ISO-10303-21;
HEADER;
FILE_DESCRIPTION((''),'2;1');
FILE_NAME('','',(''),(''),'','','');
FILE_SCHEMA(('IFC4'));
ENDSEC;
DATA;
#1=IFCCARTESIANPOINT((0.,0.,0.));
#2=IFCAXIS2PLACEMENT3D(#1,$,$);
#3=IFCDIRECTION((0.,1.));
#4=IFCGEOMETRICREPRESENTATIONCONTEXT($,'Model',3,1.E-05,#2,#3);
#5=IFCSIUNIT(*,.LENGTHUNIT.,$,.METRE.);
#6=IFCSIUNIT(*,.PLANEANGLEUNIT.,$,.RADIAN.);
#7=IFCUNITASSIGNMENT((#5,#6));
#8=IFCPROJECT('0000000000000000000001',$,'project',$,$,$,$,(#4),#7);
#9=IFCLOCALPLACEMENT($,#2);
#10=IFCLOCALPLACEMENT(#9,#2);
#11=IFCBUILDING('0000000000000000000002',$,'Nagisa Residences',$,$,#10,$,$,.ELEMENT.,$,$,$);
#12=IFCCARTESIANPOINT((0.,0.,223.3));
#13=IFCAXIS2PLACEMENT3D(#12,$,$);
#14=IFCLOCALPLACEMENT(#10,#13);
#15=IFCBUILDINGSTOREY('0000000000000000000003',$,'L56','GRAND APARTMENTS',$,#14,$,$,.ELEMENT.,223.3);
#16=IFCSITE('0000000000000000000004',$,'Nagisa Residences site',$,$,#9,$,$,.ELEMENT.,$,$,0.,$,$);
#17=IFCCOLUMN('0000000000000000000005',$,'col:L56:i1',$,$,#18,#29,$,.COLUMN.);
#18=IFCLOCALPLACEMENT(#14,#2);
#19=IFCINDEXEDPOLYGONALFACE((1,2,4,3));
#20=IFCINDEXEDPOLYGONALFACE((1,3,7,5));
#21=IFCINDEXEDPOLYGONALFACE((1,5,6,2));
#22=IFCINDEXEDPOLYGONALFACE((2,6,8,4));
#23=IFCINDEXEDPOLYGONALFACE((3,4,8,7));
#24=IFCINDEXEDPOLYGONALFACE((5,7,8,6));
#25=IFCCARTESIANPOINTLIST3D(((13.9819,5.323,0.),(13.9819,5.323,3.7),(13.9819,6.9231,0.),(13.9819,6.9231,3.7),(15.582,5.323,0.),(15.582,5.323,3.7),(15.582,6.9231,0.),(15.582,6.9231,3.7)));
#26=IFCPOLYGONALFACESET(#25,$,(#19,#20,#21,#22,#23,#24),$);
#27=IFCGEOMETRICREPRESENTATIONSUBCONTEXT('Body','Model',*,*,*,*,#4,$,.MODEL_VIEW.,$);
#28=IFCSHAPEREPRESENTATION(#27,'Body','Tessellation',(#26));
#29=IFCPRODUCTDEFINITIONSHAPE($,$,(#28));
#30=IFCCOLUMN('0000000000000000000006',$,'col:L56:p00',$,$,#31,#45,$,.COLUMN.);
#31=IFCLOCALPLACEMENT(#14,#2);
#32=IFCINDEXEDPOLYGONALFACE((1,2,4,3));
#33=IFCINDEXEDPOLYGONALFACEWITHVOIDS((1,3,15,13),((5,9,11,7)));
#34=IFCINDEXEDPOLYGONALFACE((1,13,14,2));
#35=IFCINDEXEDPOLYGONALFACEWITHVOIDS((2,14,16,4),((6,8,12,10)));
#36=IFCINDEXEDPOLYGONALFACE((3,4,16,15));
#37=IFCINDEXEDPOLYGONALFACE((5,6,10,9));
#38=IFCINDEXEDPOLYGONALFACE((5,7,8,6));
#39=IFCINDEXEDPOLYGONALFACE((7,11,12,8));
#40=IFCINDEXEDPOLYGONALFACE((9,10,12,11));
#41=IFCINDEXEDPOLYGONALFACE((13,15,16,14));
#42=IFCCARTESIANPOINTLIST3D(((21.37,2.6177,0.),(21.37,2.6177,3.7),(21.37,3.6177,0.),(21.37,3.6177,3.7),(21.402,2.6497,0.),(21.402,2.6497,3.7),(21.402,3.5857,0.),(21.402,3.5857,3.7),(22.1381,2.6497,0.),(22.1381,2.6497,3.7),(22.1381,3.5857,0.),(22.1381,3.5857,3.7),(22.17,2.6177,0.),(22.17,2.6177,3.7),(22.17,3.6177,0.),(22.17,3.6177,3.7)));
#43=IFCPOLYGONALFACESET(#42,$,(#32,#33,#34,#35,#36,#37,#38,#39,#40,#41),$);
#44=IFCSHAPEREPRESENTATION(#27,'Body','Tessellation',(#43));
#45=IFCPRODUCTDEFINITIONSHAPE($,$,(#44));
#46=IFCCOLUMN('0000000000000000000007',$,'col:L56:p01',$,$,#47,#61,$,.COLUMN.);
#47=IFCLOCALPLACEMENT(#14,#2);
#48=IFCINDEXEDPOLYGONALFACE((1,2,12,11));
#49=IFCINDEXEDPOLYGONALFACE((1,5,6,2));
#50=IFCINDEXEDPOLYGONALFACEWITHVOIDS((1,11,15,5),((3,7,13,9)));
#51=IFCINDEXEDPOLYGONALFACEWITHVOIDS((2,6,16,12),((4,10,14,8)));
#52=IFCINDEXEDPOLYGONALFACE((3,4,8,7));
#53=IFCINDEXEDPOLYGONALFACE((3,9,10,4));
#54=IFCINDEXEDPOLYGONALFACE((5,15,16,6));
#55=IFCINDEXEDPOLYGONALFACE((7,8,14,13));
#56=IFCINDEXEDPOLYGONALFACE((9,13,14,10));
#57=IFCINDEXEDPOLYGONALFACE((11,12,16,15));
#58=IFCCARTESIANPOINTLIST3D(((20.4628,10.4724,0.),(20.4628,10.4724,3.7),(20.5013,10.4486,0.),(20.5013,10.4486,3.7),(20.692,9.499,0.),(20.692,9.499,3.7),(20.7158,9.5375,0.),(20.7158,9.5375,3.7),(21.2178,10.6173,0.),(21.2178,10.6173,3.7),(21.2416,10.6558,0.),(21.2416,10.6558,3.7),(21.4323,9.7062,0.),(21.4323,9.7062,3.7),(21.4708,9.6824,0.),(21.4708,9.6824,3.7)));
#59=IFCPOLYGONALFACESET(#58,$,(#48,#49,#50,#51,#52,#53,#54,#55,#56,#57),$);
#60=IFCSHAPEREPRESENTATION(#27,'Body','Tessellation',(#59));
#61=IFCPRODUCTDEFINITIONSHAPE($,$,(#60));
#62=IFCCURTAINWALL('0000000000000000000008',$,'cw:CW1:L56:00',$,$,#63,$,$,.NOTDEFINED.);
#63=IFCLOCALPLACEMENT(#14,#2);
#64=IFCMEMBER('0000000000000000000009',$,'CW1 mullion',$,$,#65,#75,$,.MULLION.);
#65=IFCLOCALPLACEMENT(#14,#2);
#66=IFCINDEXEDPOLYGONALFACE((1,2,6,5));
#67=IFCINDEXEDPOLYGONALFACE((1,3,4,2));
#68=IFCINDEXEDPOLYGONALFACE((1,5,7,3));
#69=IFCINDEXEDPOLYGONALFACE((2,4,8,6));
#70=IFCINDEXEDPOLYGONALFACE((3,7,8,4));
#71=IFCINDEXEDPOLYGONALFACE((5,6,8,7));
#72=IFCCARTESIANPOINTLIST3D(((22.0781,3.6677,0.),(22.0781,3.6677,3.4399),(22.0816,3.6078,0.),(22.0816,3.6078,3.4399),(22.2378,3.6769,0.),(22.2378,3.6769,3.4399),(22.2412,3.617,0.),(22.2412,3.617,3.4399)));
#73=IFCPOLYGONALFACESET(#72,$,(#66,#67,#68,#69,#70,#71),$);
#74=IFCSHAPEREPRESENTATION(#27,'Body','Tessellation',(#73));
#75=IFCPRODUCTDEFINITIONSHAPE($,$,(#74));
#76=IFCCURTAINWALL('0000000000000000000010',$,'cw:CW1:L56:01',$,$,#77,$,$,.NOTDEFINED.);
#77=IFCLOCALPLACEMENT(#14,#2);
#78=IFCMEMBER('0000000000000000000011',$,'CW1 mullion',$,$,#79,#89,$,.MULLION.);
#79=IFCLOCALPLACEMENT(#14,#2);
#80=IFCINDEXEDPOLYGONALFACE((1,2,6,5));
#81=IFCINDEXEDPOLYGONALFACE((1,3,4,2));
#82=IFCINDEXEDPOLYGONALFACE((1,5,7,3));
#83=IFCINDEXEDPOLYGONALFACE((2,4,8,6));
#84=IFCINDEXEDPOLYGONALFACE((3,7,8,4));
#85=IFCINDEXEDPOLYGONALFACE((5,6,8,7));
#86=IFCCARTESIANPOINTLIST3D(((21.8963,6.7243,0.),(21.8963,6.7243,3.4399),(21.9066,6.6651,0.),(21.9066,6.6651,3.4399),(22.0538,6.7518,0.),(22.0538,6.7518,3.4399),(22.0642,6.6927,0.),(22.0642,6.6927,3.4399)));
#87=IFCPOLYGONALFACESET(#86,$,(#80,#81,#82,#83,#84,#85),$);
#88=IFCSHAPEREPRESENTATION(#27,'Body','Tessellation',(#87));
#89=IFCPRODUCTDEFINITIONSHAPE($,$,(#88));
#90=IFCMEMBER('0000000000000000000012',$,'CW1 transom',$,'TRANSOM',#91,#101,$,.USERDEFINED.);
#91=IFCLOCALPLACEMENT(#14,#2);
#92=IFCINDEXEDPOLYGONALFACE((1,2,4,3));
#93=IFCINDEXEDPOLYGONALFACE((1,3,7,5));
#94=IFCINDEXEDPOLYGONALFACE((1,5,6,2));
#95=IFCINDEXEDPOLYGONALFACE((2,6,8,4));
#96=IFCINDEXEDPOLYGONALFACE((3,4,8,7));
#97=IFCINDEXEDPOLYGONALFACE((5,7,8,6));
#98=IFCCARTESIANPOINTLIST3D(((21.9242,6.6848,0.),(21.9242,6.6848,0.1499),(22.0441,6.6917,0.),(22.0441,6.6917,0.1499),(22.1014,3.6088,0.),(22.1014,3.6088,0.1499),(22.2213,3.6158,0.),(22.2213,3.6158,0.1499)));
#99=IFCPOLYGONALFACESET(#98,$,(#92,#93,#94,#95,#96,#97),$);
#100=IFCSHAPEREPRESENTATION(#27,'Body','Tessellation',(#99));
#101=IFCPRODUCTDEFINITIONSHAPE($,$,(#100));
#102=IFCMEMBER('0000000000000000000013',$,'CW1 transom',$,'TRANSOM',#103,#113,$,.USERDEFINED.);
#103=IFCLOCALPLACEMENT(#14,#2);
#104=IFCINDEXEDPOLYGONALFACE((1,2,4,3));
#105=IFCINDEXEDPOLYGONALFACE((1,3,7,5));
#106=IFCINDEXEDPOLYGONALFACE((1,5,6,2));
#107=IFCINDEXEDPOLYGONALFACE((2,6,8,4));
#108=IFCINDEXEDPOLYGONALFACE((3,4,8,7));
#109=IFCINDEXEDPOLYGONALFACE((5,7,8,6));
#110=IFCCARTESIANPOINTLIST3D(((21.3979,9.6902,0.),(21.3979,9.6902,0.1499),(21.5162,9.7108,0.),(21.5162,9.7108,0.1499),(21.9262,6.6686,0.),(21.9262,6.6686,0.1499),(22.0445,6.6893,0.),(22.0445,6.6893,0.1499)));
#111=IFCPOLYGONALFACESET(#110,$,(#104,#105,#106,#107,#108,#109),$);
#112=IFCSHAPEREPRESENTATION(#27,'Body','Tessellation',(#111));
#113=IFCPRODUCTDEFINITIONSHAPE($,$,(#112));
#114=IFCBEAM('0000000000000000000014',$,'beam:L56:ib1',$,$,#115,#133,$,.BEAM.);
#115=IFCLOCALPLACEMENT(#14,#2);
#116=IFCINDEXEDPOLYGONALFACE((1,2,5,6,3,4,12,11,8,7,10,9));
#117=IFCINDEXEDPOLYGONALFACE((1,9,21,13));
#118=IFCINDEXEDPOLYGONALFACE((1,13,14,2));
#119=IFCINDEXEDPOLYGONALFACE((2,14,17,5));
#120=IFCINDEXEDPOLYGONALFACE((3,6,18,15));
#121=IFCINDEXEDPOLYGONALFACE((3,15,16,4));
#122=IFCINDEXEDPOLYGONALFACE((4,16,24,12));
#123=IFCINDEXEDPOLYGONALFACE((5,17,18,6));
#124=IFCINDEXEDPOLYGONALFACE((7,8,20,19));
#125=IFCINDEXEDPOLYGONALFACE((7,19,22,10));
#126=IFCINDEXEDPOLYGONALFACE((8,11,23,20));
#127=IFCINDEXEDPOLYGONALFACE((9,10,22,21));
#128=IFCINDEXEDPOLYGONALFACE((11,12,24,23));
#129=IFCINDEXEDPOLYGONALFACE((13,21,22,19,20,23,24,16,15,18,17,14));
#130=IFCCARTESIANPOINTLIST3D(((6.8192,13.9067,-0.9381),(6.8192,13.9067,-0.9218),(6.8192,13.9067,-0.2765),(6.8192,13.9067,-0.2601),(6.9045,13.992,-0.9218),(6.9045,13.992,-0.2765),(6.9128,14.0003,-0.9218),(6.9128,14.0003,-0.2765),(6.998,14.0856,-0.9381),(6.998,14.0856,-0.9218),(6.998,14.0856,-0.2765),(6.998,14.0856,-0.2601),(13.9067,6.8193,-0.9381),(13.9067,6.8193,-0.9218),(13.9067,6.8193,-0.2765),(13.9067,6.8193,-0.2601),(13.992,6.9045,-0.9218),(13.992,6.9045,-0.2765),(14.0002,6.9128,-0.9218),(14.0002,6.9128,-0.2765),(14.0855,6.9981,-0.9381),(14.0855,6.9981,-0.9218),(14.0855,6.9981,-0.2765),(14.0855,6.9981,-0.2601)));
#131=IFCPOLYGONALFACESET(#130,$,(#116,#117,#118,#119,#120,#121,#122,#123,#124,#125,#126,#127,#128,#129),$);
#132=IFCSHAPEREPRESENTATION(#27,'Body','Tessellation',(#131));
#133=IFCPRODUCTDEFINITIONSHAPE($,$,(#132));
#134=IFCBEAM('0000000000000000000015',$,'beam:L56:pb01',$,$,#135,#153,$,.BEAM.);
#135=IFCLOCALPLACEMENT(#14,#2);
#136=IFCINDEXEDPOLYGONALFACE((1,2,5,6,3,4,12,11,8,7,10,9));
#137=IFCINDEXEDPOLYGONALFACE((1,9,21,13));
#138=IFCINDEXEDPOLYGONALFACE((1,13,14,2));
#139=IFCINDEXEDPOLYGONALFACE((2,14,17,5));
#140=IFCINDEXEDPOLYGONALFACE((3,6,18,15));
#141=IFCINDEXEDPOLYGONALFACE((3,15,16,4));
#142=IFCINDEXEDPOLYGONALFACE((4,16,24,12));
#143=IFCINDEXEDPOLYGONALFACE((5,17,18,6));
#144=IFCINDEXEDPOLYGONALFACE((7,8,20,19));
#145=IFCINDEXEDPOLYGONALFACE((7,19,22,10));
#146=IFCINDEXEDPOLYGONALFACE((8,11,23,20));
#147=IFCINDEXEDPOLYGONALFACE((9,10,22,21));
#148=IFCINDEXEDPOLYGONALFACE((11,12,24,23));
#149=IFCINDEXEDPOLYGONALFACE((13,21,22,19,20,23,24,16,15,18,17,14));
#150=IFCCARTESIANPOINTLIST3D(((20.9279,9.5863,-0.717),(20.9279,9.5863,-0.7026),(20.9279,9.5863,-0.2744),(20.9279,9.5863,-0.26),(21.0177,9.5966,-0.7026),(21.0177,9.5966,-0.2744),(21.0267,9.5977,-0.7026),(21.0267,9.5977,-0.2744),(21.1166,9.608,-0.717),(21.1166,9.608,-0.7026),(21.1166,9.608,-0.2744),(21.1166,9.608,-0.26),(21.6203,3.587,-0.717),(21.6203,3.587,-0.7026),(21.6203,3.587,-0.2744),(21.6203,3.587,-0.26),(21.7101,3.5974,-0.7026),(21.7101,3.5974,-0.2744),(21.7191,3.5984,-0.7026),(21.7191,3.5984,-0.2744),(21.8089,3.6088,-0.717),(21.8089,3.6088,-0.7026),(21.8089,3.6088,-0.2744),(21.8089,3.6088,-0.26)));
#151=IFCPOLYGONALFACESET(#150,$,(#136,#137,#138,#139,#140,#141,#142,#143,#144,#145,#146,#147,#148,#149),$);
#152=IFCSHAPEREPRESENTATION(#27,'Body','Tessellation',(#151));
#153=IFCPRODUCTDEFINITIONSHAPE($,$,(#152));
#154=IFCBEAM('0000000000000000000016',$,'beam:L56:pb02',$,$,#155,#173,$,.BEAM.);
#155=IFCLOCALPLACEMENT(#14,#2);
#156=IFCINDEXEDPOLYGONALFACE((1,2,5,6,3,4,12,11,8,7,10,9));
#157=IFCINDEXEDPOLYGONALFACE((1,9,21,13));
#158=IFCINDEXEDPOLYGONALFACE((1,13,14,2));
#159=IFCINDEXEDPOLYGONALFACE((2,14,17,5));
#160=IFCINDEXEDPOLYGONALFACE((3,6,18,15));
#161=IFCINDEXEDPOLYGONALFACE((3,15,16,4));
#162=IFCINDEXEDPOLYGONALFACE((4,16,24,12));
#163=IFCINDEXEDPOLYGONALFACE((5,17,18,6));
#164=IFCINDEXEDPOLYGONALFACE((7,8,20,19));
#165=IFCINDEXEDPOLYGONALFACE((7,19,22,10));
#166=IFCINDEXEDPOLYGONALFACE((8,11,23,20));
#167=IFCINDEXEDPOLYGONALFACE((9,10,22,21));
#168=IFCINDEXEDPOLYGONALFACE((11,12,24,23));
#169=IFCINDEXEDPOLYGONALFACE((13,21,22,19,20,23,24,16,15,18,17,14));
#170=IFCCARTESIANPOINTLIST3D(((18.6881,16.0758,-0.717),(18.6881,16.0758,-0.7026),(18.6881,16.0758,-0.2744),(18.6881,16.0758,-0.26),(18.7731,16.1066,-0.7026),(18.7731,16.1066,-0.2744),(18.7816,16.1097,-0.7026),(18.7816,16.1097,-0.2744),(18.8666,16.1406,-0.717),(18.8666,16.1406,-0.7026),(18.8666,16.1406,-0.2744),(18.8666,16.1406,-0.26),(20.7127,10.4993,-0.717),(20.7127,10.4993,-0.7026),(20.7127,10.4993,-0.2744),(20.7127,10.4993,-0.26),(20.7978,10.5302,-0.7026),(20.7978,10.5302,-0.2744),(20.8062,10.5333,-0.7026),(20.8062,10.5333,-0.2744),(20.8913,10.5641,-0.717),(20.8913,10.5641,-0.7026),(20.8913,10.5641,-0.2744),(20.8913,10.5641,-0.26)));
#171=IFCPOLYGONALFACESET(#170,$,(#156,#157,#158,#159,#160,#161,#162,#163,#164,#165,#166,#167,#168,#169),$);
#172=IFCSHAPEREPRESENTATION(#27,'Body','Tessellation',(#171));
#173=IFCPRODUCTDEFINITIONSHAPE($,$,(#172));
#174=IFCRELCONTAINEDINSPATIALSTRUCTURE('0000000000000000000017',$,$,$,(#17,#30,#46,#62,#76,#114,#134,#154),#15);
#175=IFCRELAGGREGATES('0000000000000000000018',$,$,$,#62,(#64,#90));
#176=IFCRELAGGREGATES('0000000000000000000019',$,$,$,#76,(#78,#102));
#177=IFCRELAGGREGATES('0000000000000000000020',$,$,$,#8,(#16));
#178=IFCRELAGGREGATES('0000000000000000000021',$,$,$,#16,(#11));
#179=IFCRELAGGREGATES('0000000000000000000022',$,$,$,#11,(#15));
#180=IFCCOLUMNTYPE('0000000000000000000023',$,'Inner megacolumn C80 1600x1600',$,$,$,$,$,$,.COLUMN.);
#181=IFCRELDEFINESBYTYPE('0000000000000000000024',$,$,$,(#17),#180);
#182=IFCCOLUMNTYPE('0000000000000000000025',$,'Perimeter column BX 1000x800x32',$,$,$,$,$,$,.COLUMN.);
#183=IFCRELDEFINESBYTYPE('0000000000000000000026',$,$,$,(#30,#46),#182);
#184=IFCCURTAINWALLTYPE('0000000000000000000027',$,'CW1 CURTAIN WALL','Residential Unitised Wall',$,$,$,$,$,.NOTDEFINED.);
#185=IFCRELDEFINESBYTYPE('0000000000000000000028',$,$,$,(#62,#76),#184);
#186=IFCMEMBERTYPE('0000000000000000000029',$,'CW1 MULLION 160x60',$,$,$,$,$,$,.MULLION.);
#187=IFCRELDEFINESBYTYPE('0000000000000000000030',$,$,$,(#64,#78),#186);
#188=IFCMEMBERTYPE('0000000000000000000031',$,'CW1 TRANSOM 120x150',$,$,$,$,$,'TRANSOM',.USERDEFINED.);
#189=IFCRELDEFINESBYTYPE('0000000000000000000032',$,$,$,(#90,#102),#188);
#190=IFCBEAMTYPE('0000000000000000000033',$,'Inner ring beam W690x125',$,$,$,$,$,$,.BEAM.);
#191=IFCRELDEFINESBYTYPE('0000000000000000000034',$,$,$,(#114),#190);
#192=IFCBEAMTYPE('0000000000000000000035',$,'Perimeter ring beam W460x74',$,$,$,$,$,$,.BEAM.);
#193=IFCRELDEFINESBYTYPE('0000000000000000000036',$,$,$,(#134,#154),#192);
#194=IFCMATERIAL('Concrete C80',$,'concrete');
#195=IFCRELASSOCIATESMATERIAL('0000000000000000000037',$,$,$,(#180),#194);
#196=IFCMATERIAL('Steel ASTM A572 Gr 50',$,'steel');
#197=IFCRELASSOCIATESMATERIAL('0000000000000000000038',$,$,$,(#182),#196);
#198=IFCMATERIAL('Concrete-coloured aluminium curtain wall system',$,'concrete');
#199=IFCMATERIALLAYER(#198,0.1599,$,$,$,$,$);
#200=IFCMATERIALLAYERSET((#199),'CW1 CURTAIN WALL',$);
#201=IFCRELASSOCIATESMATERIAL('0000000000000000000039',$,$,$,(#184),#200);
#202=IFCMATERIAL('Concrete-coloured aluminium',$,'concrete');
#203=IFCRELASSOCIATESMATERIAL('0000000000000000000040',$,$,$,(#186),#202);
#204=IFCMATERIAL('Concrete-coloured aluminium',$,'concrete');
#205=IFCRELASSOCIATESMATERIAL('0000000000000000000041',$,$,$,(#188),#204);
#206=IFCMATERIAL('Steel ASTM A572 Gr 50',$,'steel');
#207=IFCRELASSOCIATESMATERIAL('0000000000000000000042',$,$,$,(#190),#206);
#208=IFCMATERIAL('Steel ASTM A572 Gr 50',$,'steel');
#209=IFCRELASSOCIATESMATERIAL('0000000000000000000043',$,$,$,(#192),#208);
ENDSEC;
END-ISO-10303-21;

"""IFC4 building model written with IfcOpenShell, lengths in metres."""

from ifc_helpers import new_model, si_unit, direction, frame, origin, origin_2d, place, context, subcontext, project, spatial, rectangle, hollow_rectangle, i_section, extrude, material, layer, layer_set, material_profile, profile_set, type_object, element, aggregate, save


model = new_model("IFC4")

# Units and contexts
model_context = context("Model", 3, precision=1e-05, world=origin(), true_north=direction((0.0, 1.0)))
body_context = subcontext(model_context, "Body", "Model", "MODEL_VIEW")
ifc_project = project(units=[si_unit("LENGTHUNIT", "METRE"), si_unit("PLANEANGLEUNIT", "RADIAN")], contexts=[model_context])

# Site, building, storey
site_placement = place(None, origin())
site = spatial("IfcSite", under=ifc_project, at=site_placement, Name="Nagisa Residences site", CompositionType="ELEMENT", RefElevation=0.0)
building_placement = place(site_placement, origin())
building = spatial("IfcBuilding", under=site, at=building_placement, Name="Nagisa Residences", CompositionType="ELEMENT")
storey_placement = place(building_placement, frame((0.0, 0.0, 223.3)))
storey = spatial("IfcBuildingStorey", under=building, at=storey_placement, Name="L56", Description="GRAND APARTMENTS", CompositionType="ELEMENT", Elevation=223.3)

# Columns
ifc_material_1 = material(Name="Concrete C80", Category="concrete")
ifc_material_profile_1 = material_profile(ifc_material_1, rectangle(XDim=1.6001, YDim=1.6001, at=origin_2d()), Name="C80 1600x1600")
ifc_profile_set_1 = profile_set([ifc_material_profile_1], Name="Concrete C80")
column_type_1 = type_object("IfcColumnType", Name="Inner megacolumn C80 1600x1600", PredefinedType="COLUMN", material=ifc_profile_set_1)
column_placement = place(storey_placement, frame((14.782, 6.123, 0.0), z_axis=(0.0, 0.0, 1.0), x_axis=(1.0, 0.0, 0.0)))
element("IfcColumn", 1, at=column_placement, inside=storey, type_object=column_type_1, Name="col:L56:i1", PredefinedType="COLUMN", context=body_context, shape_type="SweptSolid", body=[
    extrude(rectangle(XDim=1.6001, YDim=1.6001, at=origin_2d()), origin(), (0.0, 0.0, 1.0), 3.7),
])
ifc_material_2 = material(Name="Steel ASTM A572 Gr 50", Category="steel")
ifc_material_profile_2 = material_profile(ifc_material_2, hollow_rectangle(XDim=1.0, YDim=0.8, WallThickness=0.032, at=origin_2d()), Name="BX 1000x800x32")
ifc_profile_set_2 = profile_set([ifc_material_profile_2], Name="Steel ASTM A572 Gr 50")
column_type_2 = type_object("IfcColumnType", Name="Perimeter column BX 1000x800x32", PredefinedType="COLUMN", material=ifc_profile_set_2)
for number, where, z_axis, x_axis, name in (
    (2, (21.77, 3.1177, 0.0), (0.0, 0.0, 1.0), (0.0, 1.0, 0.0), "col:L56:p00"),
    (3, (20.9668, 10.0774, 0.0), (0.0, 0.0, 1.0), (-0.229202, 0.973379, 0.0), "col:L56:p01"),
):
    element("IfcColumn", number, at=place(storey_placement, frame(where, z_axis=z_axis, x_axis=x_axis)), inside=storey, type_object=column_type_2, Name=name, PredefinedType="COLUMN", context=body_context, shape_type="SweptSolid", body=[
        extrude(hollow_rectangle(XDim=1.0, YDim=0.8, WallThickness=0.032, at=origin_2d()), origin(), (0.0, 0.0, 1.0), 3.7),
    ])

# Curtain walls, members
ifc_material_3 = material(Name="Concrete-coloured aluminium curtain wall system", Category="concrete")
ifc_layer_1 = layer(ifc_material_3, 0.1599)
ifc_layer_set_1 = layer_set([ifc_layer_1], Name="CW1 CURTAIN WALL")
curtain_wall_type = type_object("IfcCurtainWallType", Name="CW1 CURTAIN WALL", Description="Residential Unitised Wall", PredefinedType="NOTDEFINED", material=ifc_layer_set_1)
curtain_wall_1_placement = place(storey_placement, origin())
curtain_wall_1 = element("IfcCurtainWall", 4, at=curtain_wall_1_placement, inside=storey, type_object=curtain_wall_type, Name="cw:CW1:L56:00", PredefinedType="NOTDEFINED")
ifc_material_4 = material(Name="Concrete-coloured aluminium", Category="concrete")
ifc_material_profile_3 = material_profile(ifc_material_4, rectangle(XDim=0.1599, YDim=0.0601, at=origin_2d()), Name="CW1 MULLION 160x60")
ifc_profile_set_3 = profile_set([ifc_material_profile_3], Name="Concrete-coloured aluminium")
member_type_1 = type_object("IfcMemberType", Name="CW1 MULLION 160x60", PredefinedType="MULLION", material=ifc_profile_set_3)
member_1_placement = place(storey_placement, frame((22.1597, 3.6423, 0.0), z_axis=(0.0, 0.0, 1.0), x_axis=(-0.998345, -0.057503, 0.0)))
member_1 = element("IfcMember", 5, at=member_1_placement, type_object=member_type_1, Name="CW1 mullion", PredefinedType="MULLION", context=body_context, shape_type="SweptSolid", body=[
    extrude(rectangle(XDim=0.1599, YDim=0.0601, at=origin_2d()), origin(), (0.0, 0.0, 1.0), 3.4399),
])
curtain_wall_2_placement = place(storey_placement, origin())
curtain_wall_2 = element("IfcCurtainWall", 6, at=curtain_wall_2_placement, inside=storey, type_object=curtain_wall_type, Name="cw:CW1:L56:01", PredefinedType="NOTDEFINED")
member_2_placement = place(storey_placement, frame((21.9802, 6.7085, 0.0), z_axis=(0.0, 0.0, 1.0), x_axis=(-0.985064, -0.172191, 0.0)))
member_2 = element("IfcMember", 7, at=member_2_placement, type_object=member_type_1, Name="CW1 mullion", PredefinedType="MULLION", context=body_context, shape_type="SweptSolid", body=[
    extrude(rectangle(XDim=0.1599, YDim=0.0601, at=origin_2d()), origin(), (0.0, 0.0, 1.0), 3.4399),
])

# Members
ifc_material_5 = material(Name="Concrete-coloured aluminium", Category="concrete")
ifc_material_profile_4 = material_profile(ifc_material_5, rectangle(XDim=0.1201, YDim=0.1499, at=origin_2d()), Name="CW1 TRANSOM 120x150")
ifc_profile_set_4 = profile_set([ifc_material_profile_4], Name="Concrete-coloured aluminium")
member_type_2 = type_object("IfcMemberType", Name="CW1 TRANSOM 120x150", ElementType="TRANSOM", PredefinedType="USERDEFINED", material=ifc_profile_set_4)
member_3_placement = place(storey_placement, frame((22.1614, 3.6123, 0.075), z_axis=(-0.057528, 0.998344, 0.0), x_axis=(-0.998344, -0.057528, 0.0)))
member_3 = element("IfcMember", 8, at=member_3_placement, type_object=member_type_2, Name="CW1 transom", ObjectType="TRANSOM", PredefinedType="USERDEFINED", context=body_context, shape_type="SweptSolid", body=[
    extrude(rectangle(XDim=0.1201, YDim=0.1499, at=origin_2d()), origin(), (0.0, 0.0, 1.0), 3.0811),
])
member_4_placement = place(storey_placement, frame((21.9854, 6.679, 0.075), z_axis=(-0.172241, 0.985055, 0.0), x_axis=(-0.985055, -0.172241, 0.0)))
member_4 = element("IfcMember", 9, at=member_4_placement, type_object=member_type_2, Name="CW1 transom", ObjectType="TRANSOM", PredefinedType="USERDEFINED", context=body_context, shape_type="SweptSolid", body=[
    extrude(rectangle(XDim=0.1201, YDim=0.1499, at=origin_2d()), origin(), (0.0, 0.0, 1.0), 3.0674),
])

# Beams
ifc_material_6 = material(Name="Steel ASTM A572 Gr 50", Category="steel")
ifc_material_profile_5 = material_profile(ifc_material_6, i_section(OverallWidth=0.2529, OverallDepth=0.678, WebThickness=0.0117, FlangeThickness=0.0164, at=origin_2d()), Name="W690x125")
ifc_profile_set_5 = profile_set([ifc_material_profile_5], Name="Steel ASTM A572 Gr 50")
beam_type_1 = type_object("IfcBeamType", Name="Inner ring beam W690x125", PredefinedType="BEAM", material=ifc_profile_set_5)
beam_1_placement = place(storey_placement, frame((13.9961, 6.9087, -0.5991), z_axis=(-0.707107, 0.707107, 0.0), x_axis=(-0.707107, -0.707107, 0.0)))
element("IfcBeam", 10, at=beam_1_placement, inside=storey, type_object=beam_type_1, Name="beam:L56:ib1", PredefinedType="BEAM", context=body_context, shape_type="SweptSolid", body=[
    extrude(i_section(OverallWidth=0.2529, OverallDepth=0.678, WebThickness=0.0117, FlangeThickness=0.0164, at=origin_2d()), origin(), (0.0, 0.0, 1.0), 10.0232),
])
ifc_material_7 = material(Name="Steel ASTM A572 Gr 50", Category="steel")
ifc_material_profile_6 = material_profile(ifc_material_7, i_section(OverallWidth=0.1899, OverallDepth=0.457, WebThickness=0.009, FlangeThickness=0.0144, at=origin_2d()), Name="W460x74")
ifc_profile_set_6 = profile_set([ifc_material_profile_6], Name="Steel ASTM A572 Gr 50")
beam_type_2 = type_object("IfcBeamType", Name="Perimeter ring beam W460x74", PredefinedType="BEAM", material=ifc_profile_set_6)
beam_2_placement = place(storey_placement, frame((21.7146, 3.5979, -0.4885), z_axis=(-0.11465, 0.993406, 0.0), x_axis=(-0.993406, -0.11465, 0.0)))
element("IfcBeam", 11, at=beam_2_placement, inside=storey, type_object=beam_type_2, Name="beam:L56:pb01", PredefinedType="BEAM", context=body_context, shape_type="SweptSolid", body=[
    extrude(i_section(OverallWidth=0.1899, OverallDepth=0.457, WebThickness=0.009, FlangeThickness=0.0144, at=origin_2d()), origin(), (0.0, 0.0, 1.0), 6.0391),
])
beam_3_placement = place(storey_placement, frame((20.802, 10.5317, -0.4885), z_axis=(-0.341277, 0.939963, 0.0), x_axis=(-0.939963, -0.341277, 0.0)))
element("IfcBeam", 12, at=beam_3_placement, inside=storey, type_object=beam_type_2, Name="beam:L56:pb02", PredefinedType="BEAM", context=body_context, shape_type="SweptSolid", body=[
    extrude(i_section(OverallWidth=0.1899, OverallDepth=0.457, WebThickness=0.009, FlangeThickness=0.0144, at=origin_2d()), origin(), (0.0, 0.0, 1.0), 5.9326),
])

aggregate(curtain_wall_1, [member_1, member_3])
aggregate(curtain_wall_2, [member_2, member_4])

save(model, "model.ifc")
